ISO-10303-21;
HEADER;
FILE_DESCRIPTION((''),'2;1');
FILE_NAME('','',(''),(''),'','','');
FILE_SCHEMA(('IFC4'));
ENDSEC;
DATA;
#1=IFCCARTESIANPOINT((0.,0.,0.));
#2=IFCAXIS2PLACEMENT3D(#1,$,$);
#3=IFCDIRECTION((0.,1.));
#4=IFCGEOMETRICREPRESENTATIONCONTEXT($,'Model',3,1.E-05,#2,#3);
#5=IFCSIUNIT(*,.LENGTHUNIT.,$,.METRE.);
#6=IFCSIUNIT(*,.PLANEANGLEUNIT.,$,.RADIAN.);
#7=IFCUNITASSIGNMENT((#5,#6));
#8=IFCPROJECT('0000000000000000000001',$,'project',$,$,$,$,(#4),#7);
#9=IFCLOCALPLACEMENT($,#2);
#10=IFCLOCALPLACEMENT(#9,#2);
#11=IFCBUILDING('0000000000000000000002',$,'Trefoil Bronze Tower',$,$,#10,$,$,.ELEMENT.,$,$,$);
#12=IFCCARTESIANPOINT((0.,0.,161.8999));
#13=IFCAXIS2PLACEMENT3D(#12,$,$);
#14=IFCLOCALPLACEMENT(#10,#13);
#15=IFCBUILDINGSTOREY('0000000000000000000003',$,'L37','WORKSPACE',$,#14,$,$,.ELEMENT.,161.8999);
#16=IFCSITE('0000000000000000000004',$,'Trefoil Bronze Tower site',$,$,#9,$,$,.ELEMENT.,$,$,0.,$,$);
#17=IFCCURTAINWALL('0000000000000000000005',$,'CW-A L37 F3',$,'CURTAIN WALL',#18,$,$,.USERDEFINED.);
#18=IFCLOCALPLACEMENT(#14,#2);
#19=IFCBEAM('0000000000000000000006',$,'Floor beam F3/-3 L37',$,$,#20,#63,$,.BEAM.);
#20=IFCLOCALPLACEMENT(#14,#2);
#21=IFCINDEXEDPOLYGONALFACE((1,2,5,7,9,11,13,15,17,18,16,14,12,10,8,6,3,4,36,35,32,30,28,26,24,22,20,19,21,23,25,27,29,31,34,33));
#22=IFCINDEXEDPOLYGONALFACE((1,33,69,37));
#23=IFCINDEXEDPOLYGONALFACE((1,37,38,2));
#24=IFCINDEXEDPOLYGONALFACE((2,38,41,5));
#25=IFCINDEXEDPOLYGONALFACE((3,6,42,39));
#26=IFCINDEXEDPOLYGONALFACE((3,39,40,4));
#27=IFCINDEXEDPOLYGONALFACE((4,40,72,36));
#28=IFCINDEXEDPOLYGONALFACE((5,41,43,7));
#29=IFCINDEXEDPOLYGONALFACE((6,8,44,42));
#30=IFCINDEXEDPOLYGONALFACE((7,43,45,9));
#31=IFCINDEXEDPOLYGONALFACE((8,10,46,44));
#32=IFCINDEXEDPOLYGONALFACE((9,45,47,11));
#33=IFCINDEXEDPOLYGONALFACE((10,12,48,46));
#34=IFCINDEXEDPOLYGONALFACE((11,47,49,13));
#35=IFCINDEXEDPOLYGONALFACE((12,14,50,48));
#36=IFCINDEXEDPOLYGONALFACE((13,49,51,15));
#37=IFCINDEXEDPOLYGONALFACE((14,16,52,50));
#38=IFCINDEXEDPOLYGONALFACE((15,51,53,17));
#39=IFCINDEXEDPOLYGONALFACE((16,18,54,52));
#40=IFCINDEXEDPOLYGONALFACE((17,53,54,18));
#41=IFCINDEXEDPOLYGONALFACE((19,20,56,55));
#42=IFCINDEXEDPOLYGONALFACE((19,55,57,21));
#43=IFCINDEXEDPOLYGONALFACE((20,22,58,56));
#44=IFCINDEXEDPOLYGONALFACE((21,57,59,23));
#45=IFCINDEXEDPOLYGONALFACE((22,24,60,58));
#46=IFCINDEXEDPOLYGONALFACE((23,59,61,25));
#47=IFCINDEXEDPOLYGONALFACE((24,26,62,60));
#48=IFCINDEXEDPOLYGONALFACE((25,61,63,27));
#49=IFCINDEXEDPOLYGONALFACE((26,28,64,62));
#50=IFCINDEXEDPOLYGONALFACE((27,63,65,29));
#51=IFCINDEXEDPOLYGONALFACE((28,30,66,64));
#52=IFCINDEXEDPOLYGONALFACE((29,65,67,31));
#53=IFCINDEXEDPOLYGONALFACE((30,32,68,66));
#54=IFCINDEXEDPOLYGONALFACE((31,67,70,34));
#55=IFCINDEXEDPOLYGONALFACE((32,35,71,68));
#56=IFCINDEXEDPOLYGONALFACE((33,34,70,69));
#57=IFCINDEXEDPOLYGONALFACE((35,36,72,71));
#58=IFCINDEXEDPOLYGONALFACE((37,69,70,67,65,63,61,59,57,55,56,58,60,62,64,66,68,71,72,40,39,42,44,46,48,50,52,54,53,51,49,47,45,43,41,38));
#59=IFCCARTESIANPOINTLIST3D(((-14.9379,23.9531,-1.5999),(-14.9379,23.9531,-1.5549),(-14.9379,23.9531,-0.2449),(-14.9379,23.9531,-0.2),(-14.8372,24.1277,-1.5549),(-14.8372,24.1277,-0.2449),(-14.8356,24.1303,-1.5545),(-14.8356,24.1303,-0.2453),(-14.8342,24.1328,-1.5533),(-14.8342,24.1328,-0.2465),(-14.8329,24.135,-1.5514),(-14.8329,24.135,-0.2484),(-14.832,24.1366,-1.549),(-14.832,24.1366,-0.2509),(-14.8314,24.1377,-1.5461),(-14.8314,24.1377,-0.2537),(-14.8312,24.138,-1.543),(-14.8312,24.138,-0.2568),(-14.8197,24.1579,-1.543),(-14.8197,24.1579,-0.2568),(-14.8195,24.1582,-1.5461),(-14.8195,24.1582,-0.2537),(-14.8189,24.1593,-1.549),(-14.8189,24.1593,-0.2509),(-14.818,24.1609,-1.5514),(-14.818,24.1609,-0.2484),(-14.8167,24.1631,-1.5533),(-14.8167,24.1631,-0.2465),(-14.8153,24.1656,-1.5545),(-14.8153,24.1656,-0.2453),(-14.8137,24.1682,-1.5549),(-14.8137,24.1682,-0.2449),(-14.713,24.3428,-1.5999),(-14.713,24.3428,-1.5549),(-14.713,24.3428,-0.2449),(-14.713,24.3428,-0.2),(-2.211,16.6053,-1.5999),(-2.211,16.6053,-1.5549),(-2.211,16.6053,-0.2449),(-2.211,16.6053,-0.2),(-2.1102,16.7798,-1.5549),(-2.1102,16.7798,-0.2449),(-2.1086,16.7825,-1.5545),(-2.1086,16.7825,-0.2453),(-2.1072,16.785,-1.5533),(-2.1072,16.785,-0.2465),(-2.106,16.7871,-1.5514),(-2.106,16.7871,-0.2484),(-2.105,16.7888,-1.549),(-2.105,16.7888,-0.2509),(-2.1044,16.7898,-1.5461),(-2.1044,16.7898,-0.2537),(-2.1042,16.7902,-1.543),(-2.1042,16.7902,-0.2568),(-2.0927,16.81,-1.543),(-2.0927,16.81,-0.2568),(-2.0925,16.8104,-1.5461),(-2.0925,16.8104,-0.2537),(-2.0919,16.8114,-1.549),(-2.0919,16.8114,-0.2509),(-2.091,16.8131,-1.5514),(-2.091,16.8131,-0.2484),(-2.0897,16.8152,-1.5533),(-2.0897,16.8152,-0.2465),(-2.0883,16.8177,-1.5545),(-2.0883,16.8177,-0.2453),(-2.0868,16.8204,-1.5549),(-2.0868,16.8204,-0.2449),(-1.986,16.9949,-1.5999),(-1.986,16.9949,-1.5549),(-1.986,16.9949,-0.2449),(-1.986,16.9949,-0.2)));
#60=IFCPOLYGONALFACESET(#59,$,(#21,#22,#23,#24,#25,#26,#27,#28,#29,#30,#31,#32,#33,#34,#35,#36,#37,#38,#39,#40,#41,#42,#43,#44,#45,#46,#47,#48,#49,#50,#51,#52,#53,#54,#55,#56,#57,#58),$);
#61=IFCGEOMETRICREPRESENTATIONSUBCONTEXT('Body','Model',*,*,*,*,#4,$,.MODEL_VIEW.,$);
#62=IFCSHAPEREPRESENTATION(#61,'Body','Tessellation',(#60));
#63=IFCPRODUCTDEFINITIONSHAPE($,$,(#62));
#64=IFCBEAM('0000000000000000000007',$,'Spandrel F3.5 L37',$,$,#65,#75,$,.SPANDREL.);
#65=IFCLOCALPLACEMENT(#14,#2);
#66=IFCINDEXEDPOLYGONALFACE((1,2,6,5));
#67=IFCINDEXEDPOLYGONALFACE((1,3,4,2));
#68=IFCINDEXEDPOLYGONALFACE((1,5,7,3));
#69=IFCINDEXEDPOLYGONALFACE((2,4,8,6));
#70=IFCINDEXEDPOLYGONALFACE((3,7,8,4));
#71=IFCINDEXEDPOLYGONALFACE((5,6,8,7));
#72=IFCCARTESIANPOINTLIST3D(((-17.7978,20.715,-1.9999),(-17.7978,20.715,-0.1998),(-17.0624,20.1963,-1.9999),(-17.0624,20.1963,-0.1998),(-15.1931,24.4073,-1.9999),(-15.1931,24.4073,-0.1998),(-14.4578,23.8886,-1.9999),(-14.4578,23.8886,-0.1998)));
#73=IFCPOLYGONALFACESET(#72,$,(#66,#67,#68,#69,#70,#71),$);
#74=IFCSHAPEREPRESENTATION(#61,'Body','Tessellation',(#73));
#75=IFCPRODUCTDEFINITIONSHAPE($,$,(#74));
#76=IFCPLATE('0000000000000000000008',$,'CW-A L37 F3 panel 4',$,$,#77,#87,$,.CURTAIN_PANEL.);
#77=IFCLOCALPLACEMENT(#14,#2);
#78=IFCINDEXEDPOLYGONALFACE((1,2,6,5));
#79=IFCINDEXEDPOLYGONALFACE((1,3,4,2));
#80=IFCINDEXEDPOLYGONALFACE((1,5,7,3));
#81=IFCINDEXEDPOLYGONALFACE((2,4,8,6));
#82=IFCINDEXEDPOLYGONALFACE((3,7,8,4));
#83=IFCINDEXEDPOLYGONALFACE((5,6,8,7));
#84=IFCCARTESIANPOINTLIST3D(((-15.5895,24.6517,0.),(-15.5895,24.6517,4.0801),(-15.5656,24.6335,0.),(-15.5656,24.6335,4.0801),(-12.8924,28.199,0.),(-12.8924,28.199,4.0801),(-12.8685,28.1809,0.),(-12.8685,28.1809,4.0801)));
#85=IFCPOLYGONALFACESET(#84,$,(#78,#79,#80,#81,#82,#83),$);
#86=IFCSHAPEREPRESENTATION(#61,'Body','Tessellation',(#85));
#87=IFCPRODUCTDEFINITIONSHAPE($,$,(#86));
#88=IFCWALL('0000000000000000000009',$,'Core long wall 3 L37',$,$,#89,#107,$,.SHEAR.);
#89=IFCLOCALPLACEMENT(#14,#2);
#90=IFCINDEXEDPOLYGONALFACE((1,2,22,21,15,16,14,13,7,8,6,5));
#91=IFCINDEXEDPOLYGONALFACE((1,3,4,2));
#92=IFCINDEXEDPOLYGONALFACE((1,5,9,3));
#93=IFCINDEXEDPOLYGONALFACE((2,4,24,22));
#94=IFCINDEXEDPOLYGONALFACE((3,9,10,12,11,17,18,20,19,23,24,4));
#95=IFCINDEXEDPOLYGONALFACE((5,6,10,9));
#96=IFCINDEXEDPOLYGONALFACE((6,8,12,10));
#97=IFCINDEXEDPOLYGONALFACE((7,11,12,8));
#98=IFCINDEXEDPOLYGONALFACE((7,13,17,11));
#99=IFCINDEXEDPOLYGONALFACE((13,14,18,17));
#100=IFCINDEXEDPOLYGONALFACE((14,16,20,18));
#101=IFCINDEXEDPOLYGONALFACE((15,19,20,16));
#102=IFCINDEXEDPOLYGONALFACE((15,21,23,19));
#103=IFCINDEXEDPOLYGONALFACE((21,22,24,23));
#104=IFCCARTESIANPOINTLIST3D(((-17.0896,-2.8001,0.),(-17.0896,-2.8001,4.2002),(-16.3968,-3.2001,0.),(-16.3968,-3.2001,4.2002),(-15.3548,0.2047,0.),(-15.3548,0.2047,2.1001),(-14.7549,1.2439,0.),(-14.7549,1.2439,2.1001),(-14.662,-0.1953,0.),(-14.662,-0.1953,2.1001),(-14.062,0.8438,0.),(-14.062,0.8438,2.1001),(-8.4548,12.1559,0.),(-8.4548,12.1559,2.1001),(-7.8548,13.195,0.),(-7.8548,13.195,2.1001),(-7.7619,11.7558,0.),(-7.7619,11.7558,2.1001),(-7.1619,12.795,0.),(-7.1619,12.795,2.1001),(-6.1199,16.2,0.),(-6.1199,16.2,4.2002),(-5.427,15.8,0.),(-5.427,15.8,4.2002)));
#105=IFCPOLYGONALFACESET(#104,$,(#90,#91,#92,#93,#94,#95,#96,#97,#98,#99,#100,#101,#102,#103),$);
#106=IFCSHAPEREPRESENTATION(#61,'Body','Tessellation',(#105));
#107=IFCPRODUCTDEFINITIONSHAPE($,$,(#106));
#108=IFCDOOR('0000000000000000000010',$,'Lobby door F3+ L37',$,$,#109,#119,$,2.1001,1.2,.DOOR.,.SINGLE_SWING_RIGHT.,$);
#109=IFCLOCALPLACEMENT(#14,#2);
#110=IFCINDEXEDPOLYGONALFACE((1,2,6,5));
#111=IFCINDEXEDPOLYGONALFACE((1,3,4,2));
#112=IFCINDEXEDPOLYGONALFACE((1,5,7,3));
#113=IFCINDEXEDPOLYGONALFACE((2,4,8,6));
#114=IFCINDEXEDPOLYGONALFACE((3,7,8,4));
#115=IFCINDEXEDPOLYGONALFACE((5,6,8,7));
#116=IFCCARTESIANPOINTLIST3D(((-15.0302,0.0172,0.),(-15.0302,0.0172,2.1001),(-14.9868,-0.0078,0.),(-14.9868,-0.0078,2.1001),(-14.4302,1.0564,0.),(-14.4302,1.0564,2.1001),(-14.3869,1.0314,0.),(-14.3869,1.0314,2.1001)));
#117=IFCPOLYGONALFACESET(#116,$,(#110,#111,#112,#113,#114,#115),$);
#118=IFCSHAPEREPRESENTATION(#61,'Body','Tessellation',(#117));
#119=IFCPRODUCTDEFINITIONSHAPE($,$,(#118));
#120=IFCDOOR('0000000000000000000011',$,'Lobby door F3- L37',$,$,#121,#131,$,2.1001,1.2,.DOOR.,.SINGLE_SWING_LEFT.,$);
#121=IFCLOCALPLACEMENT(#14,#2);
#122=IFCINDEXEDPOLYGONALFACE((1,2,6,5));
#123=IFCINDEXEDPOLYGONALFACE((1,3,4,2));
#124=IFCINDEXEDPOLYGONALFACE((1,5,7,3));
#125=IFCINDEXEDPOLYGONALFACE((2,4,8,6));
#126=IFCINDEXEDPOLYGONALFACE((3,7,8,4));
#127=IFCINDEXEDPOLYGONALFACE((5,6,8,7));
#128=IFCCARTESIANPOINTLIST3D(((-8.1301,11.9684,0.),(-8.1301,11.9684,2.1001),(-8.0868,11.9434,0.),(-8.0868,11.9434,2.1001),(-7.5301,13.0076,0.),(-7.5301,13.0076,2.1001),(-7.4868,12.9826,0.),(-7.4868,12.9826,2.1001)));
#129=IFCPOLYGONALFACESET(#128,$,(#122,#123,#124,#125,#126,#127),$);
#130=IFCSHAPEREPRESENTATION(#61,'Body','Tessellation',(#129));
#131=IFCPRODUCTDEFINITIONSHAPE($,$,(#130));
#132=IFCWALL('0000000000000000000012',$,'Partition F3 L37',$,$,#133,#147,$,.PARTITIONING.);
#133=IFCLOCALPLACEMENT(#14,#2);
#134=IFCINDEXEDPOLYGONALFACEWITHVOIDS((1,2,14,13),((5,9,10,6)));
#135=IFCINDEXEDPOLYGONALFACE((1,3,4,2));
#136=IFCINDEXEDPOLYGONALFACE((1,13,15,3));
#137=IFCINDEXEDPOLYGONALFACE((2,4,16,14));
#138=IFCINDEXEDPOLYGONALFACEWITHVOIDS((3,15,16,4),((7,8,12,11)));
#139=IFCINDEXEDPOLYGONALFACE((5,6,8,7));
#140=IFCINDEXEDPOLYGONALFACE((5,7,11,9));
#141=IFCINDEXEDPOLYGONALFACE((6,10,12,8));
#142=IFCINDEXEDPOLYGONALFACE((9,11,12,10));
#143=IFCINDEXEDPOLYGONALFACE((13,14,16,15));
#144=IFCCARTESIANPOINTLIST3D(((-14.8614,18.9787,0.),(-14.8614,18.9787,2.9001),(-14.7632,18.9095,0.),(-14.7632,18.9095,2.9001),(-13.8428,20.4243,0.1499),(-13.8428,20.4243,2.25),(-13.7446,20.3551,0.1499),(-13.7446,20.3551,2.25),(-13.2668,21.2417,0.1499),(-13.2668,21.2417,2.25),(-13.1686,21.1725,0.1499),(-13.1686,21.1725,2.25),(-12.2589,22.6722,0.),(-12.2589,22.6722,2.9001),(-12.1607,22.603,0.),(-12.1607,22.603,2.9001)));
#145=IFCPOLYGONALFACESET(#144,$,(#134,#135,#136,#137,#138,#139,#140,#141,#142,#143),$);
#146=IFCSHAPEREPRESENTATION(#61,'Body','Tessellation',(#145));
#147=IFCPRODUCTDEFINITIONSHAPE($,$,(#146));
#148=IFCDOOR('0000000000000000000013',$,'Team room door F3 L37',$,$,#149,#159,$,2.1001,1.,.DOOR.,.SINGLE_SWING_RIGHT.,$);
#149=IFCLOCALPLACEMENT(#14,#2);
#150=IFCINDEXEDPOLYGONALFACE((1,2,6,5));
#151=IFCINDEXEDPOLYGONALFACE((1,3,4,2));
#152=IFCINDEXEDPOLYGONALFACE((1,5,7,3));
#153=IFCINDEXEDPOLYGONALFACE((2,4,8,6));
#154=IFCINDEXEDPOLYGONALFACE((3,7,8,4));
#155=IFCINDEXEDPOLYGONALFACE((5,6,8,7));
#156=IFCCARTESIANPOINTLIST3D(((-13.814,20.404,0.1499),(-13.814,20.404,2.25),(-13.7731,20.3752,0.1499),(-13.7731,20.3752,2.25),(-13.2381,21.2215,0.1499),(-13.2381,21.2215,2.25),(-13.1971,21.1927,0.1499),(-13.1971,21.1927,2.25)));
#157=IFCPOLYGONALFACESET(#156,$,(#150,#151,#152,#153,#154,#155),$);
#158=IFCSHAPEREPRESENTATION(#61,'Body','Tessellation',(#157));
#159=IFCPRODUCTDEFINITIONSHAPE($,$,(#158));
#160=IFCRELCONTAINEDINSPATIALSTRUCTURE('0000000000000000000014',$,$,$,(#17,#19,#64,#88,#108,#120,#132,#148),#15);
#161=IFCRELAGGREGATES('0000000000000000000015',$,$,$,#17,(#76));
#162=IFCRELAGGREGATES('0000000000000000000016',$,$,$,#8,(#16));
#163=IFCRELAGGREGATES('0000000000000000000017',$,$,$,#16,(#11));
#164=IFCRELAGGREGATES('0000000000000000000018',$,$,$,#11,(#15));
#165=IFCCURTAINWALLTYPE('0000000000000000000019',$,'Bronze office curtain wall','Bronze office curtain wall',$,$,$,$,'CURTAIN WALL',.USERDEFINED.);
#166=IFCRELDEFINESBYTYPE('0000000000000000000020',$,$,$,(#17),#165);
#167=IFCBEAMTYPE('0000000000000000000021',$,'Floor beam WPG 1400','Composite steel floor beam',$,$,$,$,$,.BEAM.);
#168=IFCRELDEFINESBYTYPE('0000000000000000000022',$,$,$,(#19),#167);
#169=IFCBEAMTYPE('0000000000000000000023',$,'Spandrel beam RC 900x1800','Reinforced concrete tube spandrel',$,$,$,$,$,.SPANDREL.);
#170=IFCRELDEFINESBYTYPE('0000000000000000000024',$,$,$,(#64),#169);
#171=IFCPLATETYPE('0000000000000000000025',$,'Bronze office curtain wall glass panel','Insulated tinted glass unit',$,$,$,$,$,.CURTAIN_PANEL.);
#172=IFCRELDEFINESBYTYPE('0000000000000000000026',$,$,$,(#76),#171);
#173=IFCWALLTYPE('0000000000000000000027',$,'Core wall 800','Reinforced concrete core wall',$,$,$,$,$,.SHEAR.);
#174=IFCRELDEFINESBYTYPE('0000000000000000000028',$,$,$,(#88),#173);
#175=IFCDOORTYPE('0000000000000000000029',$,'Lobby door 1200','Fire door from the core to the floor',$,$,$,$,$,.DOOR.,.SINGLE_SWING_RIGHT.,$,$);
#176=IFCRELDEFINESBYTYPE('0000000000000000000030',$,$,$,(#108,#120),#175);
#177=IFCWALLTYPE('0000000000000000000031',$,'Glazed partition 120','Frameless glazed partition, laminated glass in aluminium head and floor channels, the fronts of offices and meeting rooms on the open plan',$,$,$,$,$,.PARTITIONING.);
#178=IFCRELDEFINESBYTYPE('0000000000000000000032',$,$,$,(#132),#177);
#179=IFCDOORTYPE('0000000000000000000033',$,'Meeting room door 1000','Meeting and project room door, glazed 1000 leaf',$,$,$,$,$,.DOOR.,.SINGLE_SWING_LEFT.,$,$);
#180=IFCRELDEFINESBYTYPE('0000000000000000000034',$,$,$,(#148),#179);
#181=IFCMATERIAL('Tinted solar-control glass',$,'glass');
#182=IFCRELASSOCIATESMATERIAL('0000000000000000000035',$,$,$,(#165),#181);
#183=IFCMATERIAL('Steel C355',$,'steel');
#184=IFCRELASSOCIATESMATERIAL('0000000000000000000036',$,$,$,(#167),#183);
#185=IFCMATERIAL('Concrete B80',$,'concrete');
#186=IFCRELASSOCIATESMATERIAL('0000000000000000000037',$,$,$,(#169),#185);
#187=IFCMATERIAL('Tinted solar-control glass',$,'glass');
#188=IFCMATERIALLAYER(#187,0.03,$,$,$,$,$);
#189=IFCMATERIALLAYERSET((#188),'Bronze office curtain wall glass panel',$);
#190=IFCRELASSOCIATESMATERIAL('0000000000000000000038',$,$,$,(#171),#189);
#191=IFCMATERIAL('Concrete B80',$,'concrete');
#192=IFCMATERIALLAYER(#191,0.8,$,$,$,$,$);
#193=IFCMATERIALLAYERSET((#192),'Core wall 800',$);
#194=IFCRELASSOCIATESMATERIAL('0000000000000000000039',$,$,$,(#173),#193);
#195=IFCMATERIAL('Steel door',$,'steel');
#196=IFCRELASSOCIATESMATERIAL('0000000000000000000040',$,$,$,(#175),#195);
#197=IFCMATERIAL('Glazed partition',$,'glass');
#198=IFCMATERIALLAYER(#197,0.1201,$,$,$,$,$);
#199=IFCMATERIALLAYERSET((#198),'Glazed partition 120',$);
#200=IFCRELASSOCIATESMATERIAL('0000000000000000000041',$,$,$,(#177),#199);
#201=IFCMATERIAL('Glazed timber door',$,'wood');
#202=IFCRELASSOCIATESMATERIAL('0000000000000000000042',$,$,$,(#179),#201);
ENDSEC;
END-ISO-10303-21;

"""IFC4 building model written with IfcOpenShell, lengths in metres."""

from ifc_helpers import new_model, si_unit, direction, frame, frame_2d, origin, origin_2d, place, context, subcontext, project, spatial, rectangle, i_section, extrude, material, layer, layer_set, material_profile, profile_set, type_object, element, fill, aggregate, save


model = new_model("IFC4")

# Units and contexts
model_context = context("Model", 3, precision=1e-05, world=origin(), true_north=direction((0.0, 1.0)))
body_context = subcontext(model_context, "Body", "Model", "MODEL_VIEW")
ifc_project = project(units=[si_unit("LENGTHUNIT", "METRE"), si_unit("PLANEANGLEUNIT", "RADIAN")], contexts=[model_context])

# Site, building, storey
site_placement = place(None, origin())
site = spatial("IfcSite", under=ifc_project, at=site_placement, Name="Trefoil Bronze Tower site", CompositionType="ELEMENT", RefElevation=0.0)
building_placement = place(site_placement, origin())
building = spatial("IfcBuilding", under=site, at=building_placement, Name="Trefoil Bronze Tower", CompositionType="ELEMENT")
storey_placement = place(building_placement, frame((0.0, 0.0, 161.8999)))
storey = spatial("IfcBuildingStorey", under=building, at=storey_placement, Name="L37", Description="WORKSPACE", CompositionType="ELEMENT", Elevation=161.8999)

# Curtain wall
ifc_material_1 = material(Name="Tinted solar-control glass", Category="glass")
curtain_wall_type = type_object("IfcCurtainWallType", Name="Bronze office curtain wall", Description="Bronze office curtain wall", ElementType="CURTAIN WALL", PredefinedType="USERDEFINED", material=ifc_material_1)
curtain_wall_placement = place(storey_placement, origin())
curtain_wall = element("IfcCurtainWall", 1, at=curtain_wall_placement, inside=storey, type_object=curtain_wall_type, Name="CW-A L37 F3", ObjectType="CURTAIN WALL", PredefinedType="USERDEFINED")

# Beams
ifc_material_2 = material(Name="Steel C355", Category="steel")
ifc_material_profile_1 = material_profile(ifc_material_2, i_section(OverallWidth=0.45, OverallDepth=1.3999, WebThickness=0.0229, FlangeThickness=0.0449, FilletRadius=0.012, at=origin_2d()), Name="WPG 1400")
ifc_profile_set_1 = profile_set([ifc_material_profile_1], Name="Steel C355")
beam_type_1 = type_object("IfcBeamType", Name="Floor beam WPG 1400", Description="Composite steel floor beam", PredefinedType="BEAM", material=ifc_profile_set_1)
beam_1_placement = place(storey_placement, frame((-14.8254, 24.1479, -0.8999), z_axis=(0.866027, -0.499997, 0.0), x_axis=(0.499997, 0.866027, 0.0)))
element("IfcBeam", 2, at=beam_1_placement, inside=storey, type_object=beam_type_1, Name="Floor beam F3/-3 L37", PredefinedType="BEAM", context=body_context, shape_type="SweptSolid", body=[
    extrude(i_section(OverallWidth=0.45, OverallDepth=1.3999, WebThickness=0.0229, FlangeThickness=0.0449, FilletRadius=0.012, at=origin_2d()), origin(), (0.0, 0.0, 1.0), 14.6958),
])
ifc_material_3 = material(Name="Concrete B80", Category="concrete")
ifc_material_profile_2 = material_profile(ifc_material_3, rectangle(XDim=0.8999, YDim=1.8, at=origin_2d()), Name="RC 900x1800")
ifc_profile_set_2 = profile_set([ifc_material_profile_2], Name="Concrete B80")
beam_type_2 = type_object("IfcBeamType", Name="Spandrel beam RC 900x1800", Description="Reinforced concrete tube spandrel", PredefinedType="SPANDREL", material=ifc_profile_set_2)
beam_2_placement = place(storey_placement, frame((-14.8254, 24.1479, -1.0999), z_axis=(-0.576439, -0.81714, 0.0), x_axis=(0.81714, -0.576439, 0.0)))
element("IfcBeam", 3, at=beam_2_placement, inside=storey, type_object=beam_type_2, Name="Spandrel F3.5 L37", PredefinedType="SPANDREL", context=body_context, shape_type="SweptSolid", body=[
    extrude(rectangle(XDim=0.8999, YDim=1.8, at=origin_2d()), origin(), (0.0, 0.0, 1.0), 4.5186),
])

# Plate
ifc_material_4 = material(Name="Tinted solar-control glass", Category="glass")
ifc_layer_1 = layer(ifc_material_4, 0.03)
ifc_layer_set_1 = layer_set([ifc_layer_1], Name="Bronze office curtain wall glass panel")
plate_type = type_object("IfcPlateType", Name="Bronze office curtain wall glass panel", Description="Insulated tinted glass unit", PredefinedType="CURTAIN_PANEL", material=ifc_layer_set_1)
plate_placement = place(storey_placement, frame((-14.229, 26.4163, 0.0), z_axis=(0.0, 0.0, 1.0), x_axis=(-0.605252, -0.796034, 0.0)))
plate = element("IfcPlate", 4, at=plate_placement, type_object=plate_type, Name="CW-A L37 F3 panel 4", PredefinedType="CURTAIN_PANEL", context=body_context, shape_type="SweptSolid", body=[
    extrude(rectangle(XDim=4.4563, YDim=0.03, at=origin_2d()), origin(), (0.0, 0.0, 1.0), 4.0801),
])
aggregate(curtain_wall, [plate])

# Wall, openings, doors
ifc_material_5 = material(Name="Concrete B80", Category="concrete")
ifc_layer_2 = layer(ifc_material_5, 0.8)
ifc_layer_set_2 = layer_set([ifc_layer_2], Name="Core wall 800")
wall_type_1 = type_object("IfcWallType", Name="Core wall 800", Description="Reinforced concrete core wall", PredefinedType="SHEAR", material=ifc_layer_set_2)
wall_1_placement = place(storey_placement, frame((-5.7734, 16.0, 0.0), z_axis=(0.0, 0.0, 1.0), x_axis=(-0.500002, -0.866024, 0.0)))
wall_1 = element("IfcWall", 5, at=wall_1_placement, inside=storey, type_object=wall_type_1, Name="Core long wall 3 L37", PredefinedType="SHEAR", context=body_context, shape_type="SweptSolid", body=[
    extrude(rectangle(XDim=21.9395, YDim=0.8, at=frame_2d((10.9697, 0.0))), origin(), (0.0, 0.0, 1.0), 4.2002),
])
opening_1_placement = place(wall_1_placement, frame((17.2698, 0.0, 0.0)))
opening_1 = element("IfcOpeningElement", 6, at=opening_1_placement, cuts=wall_1, PredefinedType="OPENING", context=body_context, shape_type="SweptSolid", body=[
    extrude(rectangle(XDim=1.2, YDim=2.1001, at=frame_2d((0.6001, 1.05))), frame((0.0, 0.4099, 0.0), z_axis=(0.0, -1.0, 0.0), x_axis=(1.0, 0.0, 0.0)), (0.0, 0.0, 1.0), 0.8201),
])
opening_2_placement = place(wall_1_placement, frame((3.4697, 0.0, 0.0)))
opening_2 = element("IfcOpeningElement", 7, at=opening_2_placement, cuts=wall_1, PredefinedType="OPENING", context=body_context, shape_type="SweptSolid", body=[
    extrude(rectangle(XDim=1.2, YDim=2.1001, at=frame_2d((0.6001, 1.05))), frame((0.0, 0.4099, 0.0), z_axis=(0.0, -1.0, 0.0), x_axis=(1.0, 0.0, 0.0)), (0.0, 0.0, 1.0), 0.8201),
])
ifc_material_6 = material(Name="Steel door", Category="steel")
door_type_1 = type_object("IfcDoorType", Name="Lobby door 1200", Description="Fire door from the core to the floor", OperationType="SINGLE_SWING_RIGHT", PredefinedType="DOOR", material=ifc_material_6)
door_1_placement = place(opening_1_placement, origin())
door_1 = element("IfcDoor", 8, at=door_1_placement, inside=storey, type_object=door_type_1, Name="Lobby door F3+ L37", OperationType="SINGLE_SWING_RIGHT", OverallHeight=2.1001, OverallWidth=1.2, PredefinedType="DOOR", context=body_context, shape_type="SweptSolid", body=[
    extrude(rectangle(XDim=1.2, YDim=2.1001, at=frame_2d((0.6001, 1.05))), frame((0.0, 0.0249, 0.0), z_axis=(0.0, -1.0, 0.0), x_axis=(1.0, 0.0, 0.0)), (0.0, 0.0, 1.0), 0.05),
])
fill(opening_1, door_1)
door_2_placement = place(opening_2_placement, origin())
door_2 = element("IfcDoor", 9, at=door_2_placement, inside=storey, type_object=door_type_1, Name="Lobby door F3- L37", OperationType="SINGLE_SWING_LEFT", OverallHeight=2.1001, OverallWidth=1.2, PredefinedType="DOOR", context=body_context, shape_type="SweptSolid", body=[
    extrude(rectangle(XDim=1.2, YDim=2.1001, at=frame_2d((0.6001, 1.05))), frame((0.0, 0.0249, 0.0), z_axis=(0.0, -1.0, 0.0), x_axis=(1.0, 0.0, 0.0)), (0.0, 0.0, 1.0), 0.05),
])
fill(opening_2, door_2)

# Wall, opening, door
ifc_material_7 = material(Name="Glazed partition", Category="glass")
ifc_layer_3 = layer(ifc_material_7, 0.1201)
ifc_layer_set_3 = layer_set([ifc_layer_3], Name="Glazed partition 120")
wall_type_2 = type_object("IfcWallType", Name="Glazed partition 120", Description="Frameless glazed partition, laminated glass in aluminium head and floor channels, the fronts of offices and meeting rooms on the open plan", PredefinedType="PARTITIONING", material=ifc_layer_set_3)
wall_2_placement = place(storey_placement, frame((-12.2097, 22.6377, 0.0), z_axis=(0.0, 0.0, 1.0), x_axis=(-0.575987, -0.817459, 0.0)))
wall_2 = element("IfcWall", 10, at=wall_2_placement, inside=storey, type_object=wall_type_2, Name="Partition F3 L37", PredefinedType="PARTITIONING", context=body_context, shape_type="SweptSolid", body=[
    extrude(rectangle(XDim=4.5183, YDim=0.1201, at=frame_2d((2.2593, 0.0))), origin(), (0.0, 0.0, 1.0), 2.9001),
])
opening_3_placement = place(wall_2_placement, frame((1.75, 0.0, 0.1499)))
opening_3 = element("IfcOpeningElement", 11, at=opening_3_placement, cuts=wall_2, PredefinedType="OPENING", context=body_context, shape_type="SweptSolid", body=[
    extrude(rectangle(XDim=1.0, YDim=2.1001, at=frame_2d((0.5, 1.05))), frame((0.0, 0.0701, 0.0), z_axis=(0.0, -1.0, 0.0), x_axis=(1.0, 0.0, 0.0)), (0.0, 0.0, 1.0), 0.1401),
])
ifc_material_8 = material(Name="Glazed timber door", Category="wood")
door_type_2 = type_object("IfcDoorType", Name="Meeting room door 1000", Description="Meeting and project room door, glazed 1000 leaf", OperationType="SINGLE_SWING_LEFT", PredefinedType="DOOR", material=ifc_material_8)
door_3_placement = place(opening_3_placement, frame((1.0, 0.0, 0.0), z_axis=(0.0, 0.0, 1.0), x_axis=(-1.0, 0.0, 0.0)))
door_3 = element("IfcDoor", 12, at=door_3_placement, inside=storey, type_object=door_type_2, Name="Team room door F3 L37", OperationType="SINGLE_SWING_RIGHT", OverallHeight=2.1001, OverallWidth=1.0, PredefinedType="DOOR", context=body_context, shape_type="SweptSolid", body=[
    extrude(rectangle(XDim=1.0, YDim=2.1001, at=frame_2d((0.5, 1.05))), frame((0.0, 0.0249, 0.0), z_axis=(0.0, -1.0, 0.0), x_axis=(1.0, 0.0, 0.0)), (0.0, 0.0, 1.0), 0.05),
])
fill(opening_3, door_3)

save(model, "model.ifc")
